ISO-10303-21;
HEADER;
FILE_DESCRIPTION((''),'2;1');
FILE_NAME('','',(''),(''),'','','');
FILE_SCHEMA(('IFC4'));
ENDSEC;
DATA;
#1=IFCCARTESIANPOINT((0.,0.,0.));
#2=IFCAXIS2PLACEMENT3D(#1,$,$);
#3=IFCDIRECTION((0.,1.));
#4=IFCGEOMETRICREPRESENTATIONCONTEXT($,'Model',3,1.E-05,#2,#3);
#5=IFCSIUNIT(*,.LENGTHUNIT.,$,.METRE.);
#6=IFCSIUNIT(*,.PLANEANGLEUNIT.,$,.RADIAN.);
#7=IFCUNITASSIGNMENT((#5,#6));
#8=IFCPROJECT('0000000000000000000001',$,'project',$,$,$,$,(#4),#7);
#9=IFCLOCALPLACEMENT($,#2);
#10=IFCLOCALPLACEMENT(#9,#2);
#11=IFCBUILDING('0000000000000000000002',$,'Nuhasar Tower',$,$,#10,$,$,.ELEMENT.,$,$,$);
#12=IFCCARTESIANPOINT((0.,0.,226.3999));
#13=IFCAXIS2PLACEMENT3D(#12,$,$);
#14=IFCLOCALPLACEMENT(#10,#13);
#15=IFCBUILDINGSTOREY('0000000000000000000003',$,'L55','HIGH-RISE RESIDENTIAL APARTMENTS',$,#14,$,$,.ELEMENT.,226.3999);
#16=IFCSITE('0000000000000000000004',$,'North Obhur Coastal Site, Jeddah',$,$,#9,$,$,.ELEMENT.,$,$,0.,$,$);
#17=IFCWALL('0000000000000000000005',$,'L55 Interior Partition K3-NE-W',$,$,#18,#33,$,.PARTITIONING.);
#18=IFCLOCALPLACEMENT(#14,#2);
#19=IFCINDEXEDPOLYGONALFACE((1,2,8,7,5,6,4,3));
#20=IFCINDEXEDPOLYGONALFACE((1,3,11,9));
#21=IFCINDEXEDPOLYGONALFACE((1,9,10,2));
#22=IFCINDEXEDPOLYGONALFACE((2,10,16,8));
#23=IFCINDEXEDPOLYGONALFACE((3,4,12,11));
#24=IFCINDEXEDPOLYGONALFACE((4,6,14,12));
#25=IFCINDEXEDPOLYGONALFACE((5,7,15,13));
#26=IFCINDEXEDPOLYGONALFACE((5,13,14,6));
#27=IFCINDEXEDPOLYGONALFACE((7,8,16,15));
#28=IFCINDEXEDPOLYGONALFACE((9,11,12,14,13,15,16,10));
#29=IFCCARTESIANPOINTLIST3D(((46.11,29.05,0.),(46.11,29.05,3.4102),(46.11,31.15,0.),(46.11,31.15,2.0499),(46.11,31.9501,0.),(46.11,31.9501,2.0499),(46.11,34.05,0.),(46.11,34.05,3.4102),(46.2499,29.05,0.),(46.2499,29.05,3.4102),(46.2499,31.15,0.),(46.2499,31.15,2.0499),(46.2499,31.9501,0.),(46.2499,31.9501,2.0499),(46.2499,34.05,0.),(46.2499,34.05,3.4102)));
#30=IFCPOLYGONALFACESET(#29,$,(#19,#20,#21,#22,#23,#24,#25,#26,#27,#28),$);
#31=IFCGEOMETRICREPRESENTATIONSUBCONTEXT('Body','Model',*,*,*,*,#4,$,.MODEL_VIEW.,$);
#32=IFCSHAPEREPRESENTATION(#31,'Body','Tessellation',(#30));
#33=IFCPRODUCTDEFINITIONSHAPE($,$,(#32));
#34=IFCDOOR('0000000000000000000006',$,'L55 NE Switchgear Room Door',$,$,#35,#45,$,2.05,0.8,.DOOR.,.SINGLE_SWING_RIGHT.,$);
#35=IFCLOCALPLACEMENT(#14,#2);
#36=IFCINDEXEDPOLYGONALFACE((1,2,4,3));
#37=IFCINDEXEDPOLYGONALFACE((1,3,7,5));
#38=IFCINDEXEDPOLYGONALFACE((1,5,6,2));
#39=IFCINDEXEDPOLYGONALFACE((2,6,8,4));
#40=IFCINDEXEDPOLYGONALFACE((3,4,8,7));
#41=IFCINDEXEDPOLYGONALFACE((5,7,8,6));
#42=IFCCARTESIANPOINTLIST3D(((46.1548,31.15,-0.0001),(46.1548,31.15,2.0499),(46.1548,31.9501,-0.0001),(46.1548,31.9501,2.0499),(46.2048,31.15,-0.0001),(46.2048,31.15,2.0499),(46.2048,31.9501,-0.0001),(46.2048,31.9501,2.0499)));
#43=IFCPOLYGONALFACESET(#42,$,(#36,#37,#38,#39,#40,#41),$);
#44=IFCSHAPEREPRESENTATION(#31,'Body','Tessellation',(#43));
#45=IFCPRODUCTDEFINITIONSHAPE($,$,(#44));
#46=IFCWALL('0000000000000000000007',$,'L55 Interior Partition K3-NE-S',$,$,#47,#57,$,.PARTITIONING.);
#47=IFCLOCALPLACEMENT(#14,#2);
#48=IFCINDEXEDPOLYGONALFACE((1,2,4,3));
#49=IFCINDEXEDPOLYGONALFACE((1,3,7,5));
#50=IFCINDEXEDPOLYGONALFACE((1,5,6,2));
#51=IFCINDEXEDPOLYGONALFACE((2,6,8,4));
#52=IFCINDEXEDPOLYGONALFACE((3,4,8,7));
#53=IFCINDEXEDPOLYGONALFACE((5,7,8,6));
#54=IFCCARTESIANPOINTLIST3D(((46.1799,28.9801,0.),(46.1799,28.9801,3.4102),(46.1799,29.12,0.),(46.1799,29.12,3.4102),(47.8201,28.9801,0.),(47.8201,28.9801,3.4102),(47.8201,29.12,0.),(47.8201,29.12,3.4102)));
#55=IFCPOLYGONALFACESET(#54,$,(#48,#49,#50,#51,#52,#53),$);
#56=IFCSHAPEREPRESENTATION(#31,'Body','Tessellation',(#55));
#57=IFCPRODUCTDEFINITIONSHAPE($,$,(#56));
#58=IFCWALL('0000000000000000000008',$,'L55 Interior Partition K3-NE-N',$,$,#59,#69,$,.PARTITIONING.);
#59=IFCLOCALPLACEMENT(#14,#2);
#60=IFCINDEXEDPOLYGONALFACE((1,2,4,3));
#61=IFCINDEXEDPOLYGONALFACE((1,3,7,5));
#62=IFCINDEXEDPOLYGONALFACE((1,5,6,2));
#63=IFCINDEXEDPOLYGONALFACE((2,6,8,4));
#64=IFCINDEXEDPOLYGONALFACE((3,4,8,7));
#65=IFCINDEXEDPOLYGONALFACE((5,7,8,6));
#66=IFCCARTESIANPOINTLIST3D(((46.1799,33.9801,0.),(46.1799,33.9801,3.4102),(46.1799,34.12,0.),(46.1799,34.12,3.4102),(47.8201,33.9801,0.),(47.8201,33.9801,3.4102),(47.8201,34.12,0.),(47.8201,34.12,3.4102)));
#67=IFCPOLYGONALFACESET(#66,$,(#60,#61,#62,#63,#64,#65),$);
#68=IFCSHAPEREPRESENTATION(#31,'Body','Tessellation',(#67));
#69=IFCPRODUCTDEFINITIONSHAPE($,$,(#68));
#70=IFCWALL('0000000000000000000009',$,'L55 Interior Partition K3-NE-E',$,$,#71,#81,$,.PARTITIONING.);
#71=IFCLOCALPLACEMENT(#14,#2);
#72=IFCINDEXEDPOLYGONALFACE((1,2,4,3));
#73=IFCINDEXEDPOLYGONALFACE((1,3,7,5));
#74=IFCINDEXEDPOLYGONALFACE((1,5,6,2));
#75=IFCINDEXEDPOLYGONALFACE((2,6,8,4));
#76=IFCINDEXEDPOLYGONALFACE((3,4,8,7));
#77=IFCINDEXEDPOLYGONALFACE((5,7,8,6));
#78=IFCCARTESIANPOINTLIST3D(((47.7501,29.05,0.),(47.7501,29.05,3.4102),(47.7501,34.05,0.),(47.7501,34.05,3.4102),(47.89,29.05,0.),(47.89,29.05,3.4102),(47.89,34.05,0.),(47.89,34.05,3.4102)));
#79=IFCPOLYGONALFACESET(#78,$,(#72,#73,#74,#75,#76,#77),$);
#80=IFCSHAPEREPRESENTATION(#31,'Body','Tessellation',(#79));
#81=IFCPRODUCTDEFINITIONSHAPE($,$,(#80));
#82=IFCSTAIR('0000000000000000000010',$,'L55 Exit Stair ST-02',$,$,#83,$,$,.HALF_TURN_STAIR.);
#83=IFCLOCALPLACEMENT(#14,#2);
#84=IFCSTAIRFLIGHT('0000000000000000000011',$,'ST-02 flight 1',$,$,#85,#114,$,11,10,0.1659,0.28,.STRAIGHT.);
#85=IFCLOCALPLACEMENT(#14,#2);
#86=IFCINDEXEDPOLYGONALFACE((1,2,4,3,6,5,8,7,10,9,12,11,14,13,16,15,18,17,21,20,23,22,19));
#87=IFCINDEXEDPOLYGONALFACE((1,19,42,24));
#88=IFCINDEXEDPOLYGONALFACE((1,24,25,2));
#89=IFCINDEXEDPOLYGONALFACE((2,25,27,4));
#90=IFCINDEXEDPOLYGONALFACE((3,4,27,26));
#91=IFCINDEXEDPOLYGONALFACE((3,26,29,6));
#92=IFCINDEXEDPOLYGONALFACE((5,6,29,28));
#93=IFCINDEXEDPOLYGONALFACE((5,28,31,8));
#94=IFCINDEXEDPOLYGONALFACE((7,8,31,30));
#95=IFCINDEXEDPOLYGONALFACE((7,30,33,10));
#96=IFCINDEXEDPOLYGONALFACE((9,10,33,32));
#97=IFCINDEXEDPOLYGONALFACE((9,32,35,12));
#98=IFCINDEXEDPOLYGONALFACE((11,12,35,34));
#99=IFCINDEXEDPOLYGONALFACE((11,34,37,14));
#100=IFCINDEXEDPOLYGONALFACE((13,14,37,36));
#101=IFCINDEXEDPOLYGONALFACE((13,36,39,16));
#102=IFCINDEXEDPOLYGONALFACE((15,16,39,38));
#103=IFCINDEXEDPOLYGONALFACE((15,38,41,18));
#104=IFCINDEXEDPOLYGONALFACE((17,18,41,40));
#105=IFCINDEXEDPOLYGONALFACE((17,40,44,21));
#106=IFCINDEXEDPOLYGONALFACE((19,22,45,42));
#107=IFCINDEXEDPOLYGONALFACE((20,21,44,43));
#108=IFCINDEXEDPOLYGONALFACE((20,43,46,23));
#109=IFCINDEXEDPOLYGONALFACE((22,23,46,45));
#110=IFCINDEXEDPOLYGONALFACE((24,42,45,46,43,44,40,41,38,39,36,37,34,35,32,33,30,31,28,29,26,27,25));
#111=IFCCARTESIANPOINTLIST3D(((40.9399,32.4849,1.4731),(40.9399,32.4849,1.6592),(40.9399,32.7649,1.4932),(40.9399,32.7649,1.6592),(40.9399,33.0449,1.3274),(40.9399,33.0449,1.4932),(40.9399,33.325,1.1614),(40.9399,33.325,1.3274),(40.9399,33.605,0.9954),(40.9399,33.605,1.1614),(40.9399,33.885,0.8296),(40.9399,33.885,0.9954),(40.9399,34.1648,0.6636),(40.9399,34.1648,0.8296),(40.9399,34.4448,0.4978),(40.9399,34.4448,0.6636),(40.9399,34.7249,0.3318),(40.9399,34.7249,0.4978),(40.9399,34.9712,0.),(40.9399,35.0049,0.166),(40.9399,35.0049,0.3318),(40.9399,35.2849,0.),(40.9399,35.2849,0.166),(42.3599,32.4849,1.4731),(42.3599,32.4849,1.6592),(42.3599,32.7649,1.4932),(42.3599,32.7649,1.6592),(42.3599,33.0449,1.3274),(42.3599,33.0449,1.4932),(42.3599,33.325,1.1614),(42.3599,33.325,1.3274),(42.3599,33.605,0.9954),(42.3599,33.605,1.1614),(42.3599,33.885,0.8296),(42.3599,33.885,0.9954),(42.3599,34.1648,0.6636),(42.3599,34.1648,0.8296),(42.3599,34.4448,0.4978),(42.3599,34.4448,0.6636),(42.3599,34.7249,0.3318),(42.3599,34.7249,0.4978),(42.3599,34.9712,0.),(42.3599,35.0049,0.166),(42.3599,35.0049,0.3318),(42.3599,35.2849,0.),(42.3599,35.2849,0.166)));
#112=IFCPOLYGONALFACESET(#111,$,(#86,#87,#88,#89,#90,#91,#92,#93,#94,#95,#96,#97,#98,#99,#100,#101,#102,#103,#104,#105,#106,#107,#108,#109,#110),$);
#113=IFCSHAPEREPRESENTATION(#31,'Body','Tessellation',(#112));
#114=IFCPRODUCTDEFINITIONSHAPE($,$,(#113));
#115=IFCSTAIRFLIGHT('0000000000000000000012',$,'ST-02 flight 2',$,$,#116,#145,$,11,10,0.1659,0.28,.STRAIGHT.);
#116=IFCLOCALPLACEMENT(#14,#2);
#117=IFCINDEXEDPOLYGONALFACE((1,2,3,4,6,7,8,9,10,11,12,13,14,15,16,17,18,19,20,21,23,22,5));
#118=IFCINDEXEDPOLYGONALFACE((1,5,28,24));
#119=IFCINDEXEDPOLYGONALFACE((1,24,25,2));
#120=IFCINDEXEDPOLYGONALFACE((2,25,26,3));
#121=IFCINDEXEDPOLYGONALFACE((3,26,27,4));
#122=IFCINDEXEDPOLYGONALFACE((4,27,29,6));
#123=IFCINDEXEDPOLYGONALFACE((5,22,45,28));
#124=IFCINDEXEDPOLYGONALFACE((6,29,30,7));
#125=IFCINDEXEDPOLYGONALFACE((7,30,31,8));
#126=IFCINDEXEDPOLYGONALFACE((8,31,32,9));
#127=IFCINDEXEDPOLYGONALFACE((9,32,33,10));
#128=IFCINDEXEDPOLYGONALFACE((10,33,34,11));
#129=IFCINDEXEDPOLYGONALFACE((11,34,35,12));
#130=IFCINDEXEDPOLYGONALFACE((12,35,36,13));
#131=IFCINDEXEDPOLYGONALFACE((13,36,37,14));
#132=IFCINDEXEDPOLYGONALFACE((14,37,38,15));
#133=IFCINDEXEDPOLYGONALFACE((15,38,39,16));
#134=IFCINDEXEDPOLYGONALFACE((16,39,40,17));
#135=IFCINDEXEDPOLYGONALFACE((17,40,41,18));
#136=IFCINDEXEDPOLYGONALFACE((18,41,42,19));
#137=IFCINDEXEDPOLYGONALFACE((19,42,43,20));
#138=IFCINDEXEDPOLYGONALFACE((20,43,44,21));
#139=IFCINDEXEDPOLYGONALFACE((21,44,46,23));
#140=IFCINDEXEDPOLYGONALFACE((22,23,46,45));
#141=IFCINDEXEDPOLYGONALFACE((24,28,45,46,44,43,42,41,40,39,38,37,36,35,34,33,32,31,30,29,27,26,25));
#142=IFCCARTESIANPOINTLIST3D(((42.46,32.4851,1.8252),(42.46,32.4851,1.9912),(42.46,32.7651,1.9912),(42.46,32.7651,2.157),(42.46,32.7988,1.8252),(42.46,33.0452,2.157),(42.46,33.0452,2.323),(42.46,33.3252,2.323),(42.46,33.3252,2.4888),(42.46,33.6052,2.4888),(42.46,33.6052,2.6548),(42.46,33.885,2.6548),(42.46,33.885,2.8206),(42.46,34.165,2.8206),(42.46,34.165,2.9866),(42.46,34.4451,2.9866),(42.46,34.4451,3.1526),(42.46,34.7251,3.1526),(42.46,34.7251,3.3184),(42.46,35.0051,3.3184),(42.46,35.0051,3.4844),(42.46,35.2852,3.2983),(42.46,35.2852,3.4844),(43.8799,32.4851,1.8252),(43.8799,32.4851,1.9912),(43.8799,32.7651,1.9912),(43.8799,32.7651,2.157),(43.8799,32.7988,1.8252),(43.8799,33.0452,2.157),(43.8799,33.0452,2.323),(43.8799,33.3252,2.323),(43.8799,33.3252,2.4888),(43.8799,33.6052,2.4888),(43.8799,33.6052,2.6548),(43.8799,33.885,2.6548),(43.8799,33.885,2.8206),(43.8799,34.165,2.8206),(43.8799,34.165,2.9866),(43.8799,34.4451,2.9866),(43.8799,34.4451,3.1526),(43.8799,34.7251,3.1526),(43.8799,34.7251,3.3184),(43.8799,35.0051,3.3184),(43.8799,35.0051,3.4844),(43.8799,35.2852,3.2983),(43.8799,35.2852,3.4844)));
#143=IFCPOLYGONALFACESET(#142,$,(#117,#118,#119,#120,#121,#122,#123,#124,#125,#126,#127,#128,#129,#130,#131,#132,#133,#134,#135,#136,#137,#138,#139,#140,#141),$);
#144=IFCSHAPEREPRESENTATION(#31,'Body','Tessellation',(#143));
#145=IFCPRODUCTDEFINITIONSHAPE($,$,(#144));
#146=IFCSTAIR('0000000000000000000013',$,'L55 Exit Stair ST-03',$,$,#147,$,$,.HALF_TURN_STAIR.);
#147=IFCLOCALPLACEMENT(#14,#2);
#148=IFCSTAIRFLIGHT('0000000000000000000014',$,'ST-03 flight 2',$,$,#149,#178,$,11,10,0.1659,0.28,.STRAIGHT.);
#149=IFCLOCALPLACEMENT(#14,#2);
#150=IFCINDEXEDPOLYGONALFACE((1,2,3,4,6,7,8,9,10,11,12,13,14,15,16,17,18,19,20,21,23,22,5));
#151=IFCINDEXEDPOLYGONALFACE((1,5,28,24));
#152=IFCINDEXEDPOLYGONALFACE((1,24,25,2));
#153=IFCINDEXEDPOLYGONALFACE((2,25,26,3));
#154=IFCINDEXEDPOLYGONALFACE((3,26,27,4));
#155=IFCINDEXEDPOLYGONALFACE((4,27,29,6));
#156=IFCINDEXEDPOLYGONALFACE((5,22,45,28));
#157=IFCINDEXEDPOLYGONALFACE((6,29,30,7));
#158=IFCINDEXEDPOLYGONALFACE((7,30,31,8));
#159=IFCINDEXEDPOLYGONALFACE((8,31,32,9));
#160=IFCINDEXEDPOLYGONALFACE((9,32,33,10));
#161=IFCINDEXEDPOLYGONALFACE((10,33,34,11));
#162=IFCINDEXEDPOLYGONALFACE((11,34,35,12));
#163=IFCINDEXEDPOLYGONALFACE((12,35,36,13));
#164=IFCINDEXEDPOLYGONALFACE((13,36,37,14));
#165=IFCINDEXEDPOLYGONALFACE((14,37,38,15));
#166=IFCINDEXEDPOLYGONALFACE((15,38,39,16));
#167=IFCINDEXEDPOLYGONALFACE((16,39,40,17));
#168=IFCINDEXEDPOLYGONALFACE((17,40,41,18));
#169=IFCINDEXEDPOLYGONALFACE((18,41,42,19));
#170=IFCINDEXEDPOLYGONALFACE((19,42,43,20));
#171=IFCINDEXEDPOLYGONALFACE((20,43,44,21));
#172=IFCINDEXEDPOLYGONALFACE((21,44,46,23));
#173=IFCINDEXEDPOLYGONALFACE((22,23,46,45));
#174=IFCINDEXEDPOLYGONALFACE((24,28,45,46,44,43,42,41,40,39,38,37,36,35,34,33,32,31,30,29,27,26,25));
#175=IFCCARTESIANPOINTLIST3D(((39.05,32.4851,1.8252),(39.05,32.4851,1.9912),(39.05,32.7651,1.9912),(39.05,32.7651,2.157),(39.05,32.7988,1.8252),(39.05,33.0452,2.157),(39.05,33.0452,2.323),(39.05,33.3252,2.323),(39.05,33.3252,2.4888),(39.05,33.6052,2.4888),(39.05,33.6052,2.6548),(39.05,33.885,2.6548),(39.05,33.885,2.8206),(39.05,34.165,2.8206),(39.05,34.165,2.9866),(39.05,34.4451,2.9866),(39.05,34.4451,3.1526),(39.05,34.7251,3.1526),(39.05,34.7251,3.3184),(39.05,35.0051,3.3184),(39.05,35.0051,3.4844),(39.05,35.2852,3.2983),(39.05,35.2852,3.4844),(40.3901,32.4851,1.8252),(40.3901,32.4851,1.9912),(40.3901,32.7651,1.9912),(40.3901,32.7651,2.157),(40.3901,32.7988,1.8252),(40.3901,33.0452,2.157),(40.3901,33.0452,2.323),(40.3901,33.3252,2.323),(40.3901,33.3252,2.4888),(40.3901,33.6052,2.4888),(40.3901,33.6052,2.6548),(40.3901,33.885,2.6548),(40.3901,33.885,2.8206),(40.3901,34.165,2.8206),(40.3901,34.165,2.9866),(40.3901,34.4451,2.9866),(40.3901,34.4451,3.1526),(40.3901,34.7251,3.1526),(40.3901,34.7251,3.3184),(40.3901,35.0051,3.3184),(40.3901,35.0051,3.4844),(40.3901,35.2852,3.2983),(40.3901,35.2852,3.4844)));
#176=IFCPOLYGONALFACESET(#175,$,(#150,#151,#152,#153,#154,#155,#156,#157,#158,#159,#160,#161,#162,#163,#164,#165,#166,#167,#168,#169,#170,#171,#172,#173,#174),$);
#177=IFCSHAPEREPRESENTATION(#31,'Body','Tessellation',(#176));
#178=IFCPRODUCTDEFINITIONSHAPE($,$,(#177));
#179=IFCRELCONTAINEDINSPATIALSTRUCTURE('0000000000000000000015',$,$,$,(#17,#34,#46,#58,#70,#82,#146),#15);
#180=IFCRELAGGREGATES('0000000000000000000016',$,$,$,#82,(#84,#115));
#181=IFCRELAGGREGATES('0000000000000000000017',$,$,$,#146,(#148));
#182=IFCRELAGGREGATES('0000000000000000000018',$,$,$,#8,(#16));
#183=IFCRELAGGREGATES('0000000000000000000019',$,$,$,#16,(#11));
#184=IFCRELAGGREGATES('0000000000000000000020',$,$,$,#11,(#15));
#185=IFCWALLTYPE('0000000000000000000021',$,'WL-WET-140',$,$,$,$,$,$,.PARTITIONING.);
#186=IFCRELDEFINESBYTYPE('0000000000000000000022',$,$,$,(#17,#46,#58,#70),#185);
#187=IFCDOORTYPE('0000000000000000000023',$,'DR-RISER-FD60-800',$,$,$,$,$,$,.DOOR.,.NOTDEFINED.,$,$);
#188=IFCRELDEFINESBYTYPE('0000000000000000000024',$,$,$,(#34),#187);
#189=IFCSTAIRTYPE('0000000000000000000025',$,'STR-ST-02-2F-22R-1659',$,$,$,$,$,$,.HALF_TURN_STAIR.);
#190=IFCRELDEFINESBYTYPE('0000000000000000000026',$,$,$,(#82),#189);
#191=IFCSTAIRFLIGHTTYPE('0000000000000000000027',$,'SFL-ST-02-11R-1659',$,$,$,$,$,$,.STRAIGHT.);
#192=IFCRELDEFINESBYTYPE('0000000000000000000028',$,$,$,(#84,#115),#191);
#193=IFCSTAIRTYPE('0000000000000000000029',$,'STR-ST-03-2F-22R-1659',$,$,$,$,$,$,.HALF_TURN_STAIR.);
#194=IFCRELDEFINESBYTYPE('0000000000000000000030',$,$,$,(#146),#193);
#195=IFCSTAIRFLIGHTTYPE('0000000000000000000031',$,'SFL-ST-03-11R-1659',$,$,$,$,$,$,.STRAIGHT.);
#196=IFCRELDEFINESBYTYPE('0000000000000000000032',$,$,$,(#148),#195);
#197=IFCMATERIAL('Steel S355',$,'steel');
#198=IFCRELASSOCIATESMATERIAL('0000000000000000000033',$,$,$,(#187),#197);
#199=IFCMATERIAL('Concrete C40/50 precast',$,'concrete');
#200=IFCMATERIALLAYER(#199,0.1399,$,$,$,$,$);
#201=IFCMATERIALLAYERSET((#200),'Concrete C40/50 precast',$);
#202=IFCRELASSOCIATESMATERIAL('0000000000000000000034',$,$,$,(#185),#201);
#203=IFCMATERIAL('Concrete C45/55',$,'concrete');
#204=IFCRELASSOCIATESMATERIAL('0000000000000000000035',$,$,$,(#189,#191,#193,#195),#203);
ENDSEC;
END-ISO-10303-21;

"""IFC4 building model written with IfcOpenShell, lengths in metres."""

from ifc_helpers import new_model, si_unit, direction, frame, frame_2d, origin, place, context, subcontext, project, spatial, polyline, rectangle, outline, extrude, material, layer, layer_set, type_object, element, fill, aggregate, save


model = new_model("IFC4")

# Units and contexts
model_context = context("Model", 3, precision=1e-05, world=origin(), true_north=direction((0.0, 1.0)))
body_context = subcontext(model_context, "Body", "Model", "MODEL_VIEW")
ifc_project = project(units=[si_unit("LENGTHUNIT", "METRE"), si_unit("PLANEANGLEUNIT", "RADIAN")], contexts=[model_context])

# Site, building, storey
site_placement = place(None, origin())
site = spatial("IfcSite", under=ifc_project, at=site_placement, Name="North Obhur Coastal Site, Jeddah", CompositionType="ELEMENT", RefElevation=0.0)
building_placement = place(site_placement, origin())
building = spatial("IfcBuilding", under=site, at=building_placement, Name="Nuhasar Tower", CompositionType="ELEMENT")
storey_placement = place(building_placement, frame((0.0, 0.0, 226.3999)))
storey = spatial("IfcBuildingStorey", under=building, at=storey_placement, Name="L55", Description="HIGH-RISE RESIDENTIAL APARTMENTS", CompositionType="ELEMENT", Elevation=226.3999)

# Shared definitions
ifc_material_1 = material(Name="Steel S355", Category="steel")

# Shared definitions
ifc_material_2 = material(Name="Concrete C45/55", Category="concrete")

# Shared definitions
door_type_1 = type_object("IfcDoorType", Name="DR-RISER-FD60-800", OperationType="NOTDEFINED", PredefinedType="DOOR", material=ifc_material_1)

# Wall, opening, door
ifc_material_3 = material(Name="Concrete C40/50 precast", Category="concrete")
ifc_layer_1 = layer(ifc_material_3, 0.1399)
ifc_layer_set_1 = layer_set([ifc_layer_1], Name="Concrete C40/50 precast")
wall_type_1 = type_object("IfcWallType", Name="WL-WET-140", PredefinedType="PARTITIONING", material=ifc_layer_set_1)
wall_1_placement = place(storey_placement, frame((46.1799, 34.05, 0.0), z_axis=(0.0, 0.0, 1.0), x_axis=(0.0, -1.0, 0.0)))
wall_1 = element("IfcWall", 1, at=wall_1_placement, inside=storey, type_object=wall_type_1, Name="L55 Interior Partition K3-NE-W", PredefinedType="PARTITIONING", context=body_context, shape_type="SweptSolid", body=[
    extrude(rectangle(XDim=5.0, YDim=0.1399, at=frame_2d((2.5, 0.0))), origin(), (0.0, 0.0, 1.0), 3.4102),
])
opening_1_placement = place(wall_1_placement, frame((2.1001, 0.0, 0.0)))
opening_1 = element("IfcOpeningElement", 2, at=opening_1_placement, cuts=wall_1, PredefinedType="OPENING", context=body_context, shape_type="SweptSolid", body=[
    extrude(rectangle(XDim=0.8, YDim=2.05, at=frame_2d((0.3999, 1.0249))), frame((0.0, 0.0801, 0.0), z_axis=(0.0, -1.0, 0.0), x_axis=(1.0, 0.0, 0.0)), (0.0, 0.0, 1.0), 0.1599),
])
door_1_placement = place(opening_1_placement, origin())
door_1 = element("IfcDoor", 3, at=door_1_placement, inside=storey, type_object=door_type_1, Name="L55 NE Switchgear Room Door", OperationType="SINGLE_SWING_RIGHT", OverallHeight=2.05, OverallWidth=0.8, PredefinedType="DOOR", context=body_context, shape_type="SweptSolid", body=[
    extrude(rectangle(XDim=0.8, YDim=2.05, at=frame_2d((0.3999, 1.0249))), frame((0.0, 0.0249, 0.0), z_axis=(0.0, -1.0, 0.0), x_axis=(1.0, 0.0, 0.0)), (0.0, 0.0, 1.0), 0.05),
])
fill(opening_1, door_1)

# Walls
for number, where, z_axis, x_axis, name in (
    (4, (46.1799, 29.05, 0.0), (0.0, 0.0, 1.0), (1.0, 0.0, 0.0), "L55 Interior Partition K3-NE-S"),
    (5, (46.1799, 34.05, 0.0), (0.0, 0.0, 1.0), (1.0, 0.0, 0.0), "L55 Interior Partition K3-NE-N"),
):
    element("IfcWall", number, at=place(storey_placement, frame(where, z_axis=z_axis, x_axis=x_axis)), inside=storey, type_object=wall_type_1, Name=name, PredefinedType="PARTITIONING", context=body_context, shape_type="SweptSolid", body=[
        extrude(rectangle(XDim=1.6401, YDim=0.1399, at=frame_2d((0.8201, 0.0))), origin(), (0.0, 0.0, 1.0), 3.4102),
    ])
wall_2_placement = place(storey_placement, frame((47.8201, 29.05, 0.0), z_axis=(0.0, 0.0, 1.0), x_axis=(0.0, 1.0, 0.0)))
element("IfcWall", 6, at=wall_2_placement, inside=storey, type_object=wall_type_1, Name="L55 Interior Partition K3-NE-E", PredefinedType="PARTITIONING", context=body_context, shape_type="SweptSolid", body=[
    extrude(rectangle(XDim=5.0, YDim=0.1399, at=frame_2d((2.5, 0.0))), origin(), (0.0, 0.0, 1.0), 3.4102),
])

# Stair, stair flights
stair_type_1 = type_object("IfcStairType", Name="STR-ST-02-2F-22R-1659", PredefinedType="HALF_TURN_STAIR", material=ifc_material_2)
stair_1_placement = place(storey_placement, origin())
stair_1 = element("IfcStair", 7, at=stair_1_placement, inside=storey, type_object=stair_type_1, Name="L55 Exit Stair ST-02", PredefinedType="HALF_TURN_STAIR")
stair_flight_type_1 = type_object("IfcStairFlightType", Name="SFL-ST-02-11R-1659", PredefinedType="STRAIGHT", material=ifc_material_2)
stair_flight_1_placement = place(storey_placement, frame((41.6499, 35.2849, 0.0), z_axis=(0.0, 0.0, 1.0), x_axis=(0.0, -1.0, 0.0)))
stair_flight_1 = element("IfcStairFlight", 8, at=stair_flight_1_placement, type_object=stair_flight_type_1, Name="ST-02 flight 1", NumberOfRisers=11, NumberOfTreads=10, PredefinedType="STRAIGHT", RiserHeight=0.1659, TreadLength=0.28, context=body_context, shape_type="SweptSolid", body=[
    extrude(outline(polyline([(0.0, 0.0), (0.0, 0.166), (0.28, 0.166), (0.28, 0.3318), (0.5601, 0.3318), (0.5601, 0.4978), (0.8401, 0.4978), (0.8401, 0.6636), (1.1201, 0.6636), (1.1201, 0.8296), (1.3999, 0.8296), (1.3999, 0.9954), (1.6799, 0.9954), (1.6799, 1.1614), (1.96, 1.1614), (1.96, 1.3274), (2.24, 1.3274), (2.24, 1.4932), (2.52, 1.4932), (2.52, 1.6592), (2.8, 1.6592), (2.8, 1.825), (2.8, 1.4731), (0.3137, 0.0), (0.0, 0.0)])), frame((0.0, 0.71, 0.0), z_axis=(0.0, -1.0, 0.0), x_axis=(1.0, 0.0, 0.0)), (0.0, 0.0, 1.0), 1.4199),
])
stair_flight_2_placement = place(storey_placement, frame((43.1699, 32.4851, 1.8252), z_axis=(0.0, 0.0, 1.0), x_axis=(0.0, 1.0, 0.0)))
stair_flight_2 = element("IfcStairFlight", 9, at=stair_flight_2_placement, type_object=stair_flight_type_1, Name="ST-02 flight 2", NumberOfRisers=11, NumberOfTreads=10, PredefinedType="STRAIGHT", RiserHeight=0.1659, TreadLength=0.28, context=body_context, shape_type="SweptSolid", body=[
    extrude(outline(polyline([(0.0, 0.0), (0.0, 0.166), (0.28, 0.166), (0.28, 0.3318), (0.5601, 0.3318), (0.5601, 0.4978), (0.8401, 0.4978), (0.8401, 0.6636), (1.1201, 0.6636), (1.1201, 0.8296), (1.3999, 0.8296), (1.3999, 0.9954), (1.6799, 0.9954), (1.6799, 1.1614), (1.96, 1.1614), (1.96, 1.3274), (2.24, 1.3274), (2.24, 1.4932), (2.52, 1.4932), (2.52, 1.6592), (2.8, 1.6592), (2.8, 1.825), (2.8, 1.4731), (0.3137, 0.0), (0.0, 0.0)])), frame((0.0, 0.71, 0.0), z_axis=(0.0, -1.0, 0.0), x_axis=(1.0, 0.0, 0.0)), (0.0, 0.0, 1.0), 1.4199),
])
aggregate(stair_1, [stair_flight_1, stair_flight_2])

# Stair, stair flight
stair_type_2 = type_object("IfcStairType", Name="STR-ST-03-2F-22R-1659", PredefinedType="HALF_TURN_STAIR", material=ifc_material_2)
stair_2_placement = place(storey_placement, origin())
stair_2 = element("IfcStair", 10, at=stair_2_placement, inside=storey, type_object=stair_type_2, Name="L55 Exit Stair ST-03", PredefinedType="HALF_TURN_STAIR")
stair_flight_type_2 = type_object("IfcStairFlightType", Name="SFL-ST-03-11R-1659", PredefinedType="STRAIGHT", material=ifc_material_2)
stair_flight_3_placement = place(storey_placement, frame((39.72, 32.4851, 1.8252), z_axis=(0.0, 0.0, 1.0), x_axis=(0.0, 1.0, 0.0)))
stair_flight_3 = element("IfcStairFlight", 11, at=stair_flight_3_placement, type_object=stair_flight_type_2, Name="ST-03 flight 2", NumberOfRisers=11, NumberOfTreads=10, PredefinedType="STRAIGHT", RiserHeight=0.1659, TreadLength=0.28, context=body_context, shape_type="SweptSolid", body=[
    extrude(outline(polyline([(0.0, 0.0), (0.0, 0.166), (0.28, 0.166), (0.28, 0.3318), (0.5601, 0.3318), (0.5601, 0.4978), (0.8401, 0.4978), (0.8401, 0.6636), (1.1201, 0.6636), (1.1201, 0.8296), (1.3999, 0.8296), (1.3999, 0.9954), (1.6799, 0.9954), (1.6799, 1.1614), (1.96, 1.1614), (1.96, 1.3274), (2.24, 1.3274), (2.24, 1.4932), (2.52, 1.4932), (2.52, 1.6592), (2.8, 1.6592), (2.8, 1.825), (2.8, 1.4731), (0.3137, 0.0), (0.0, 0.0)])), frame((0.0, 0.6699, 0.0), z_axis=(0.0, -1.0, 0.0), x_axis=(1.0, 0.0, 0.0)), (0.0, 0.0, 1.0), 1.3401),
])
aggregate(stair_2, [stair_flight_3])

save(model, "model.ifc")
